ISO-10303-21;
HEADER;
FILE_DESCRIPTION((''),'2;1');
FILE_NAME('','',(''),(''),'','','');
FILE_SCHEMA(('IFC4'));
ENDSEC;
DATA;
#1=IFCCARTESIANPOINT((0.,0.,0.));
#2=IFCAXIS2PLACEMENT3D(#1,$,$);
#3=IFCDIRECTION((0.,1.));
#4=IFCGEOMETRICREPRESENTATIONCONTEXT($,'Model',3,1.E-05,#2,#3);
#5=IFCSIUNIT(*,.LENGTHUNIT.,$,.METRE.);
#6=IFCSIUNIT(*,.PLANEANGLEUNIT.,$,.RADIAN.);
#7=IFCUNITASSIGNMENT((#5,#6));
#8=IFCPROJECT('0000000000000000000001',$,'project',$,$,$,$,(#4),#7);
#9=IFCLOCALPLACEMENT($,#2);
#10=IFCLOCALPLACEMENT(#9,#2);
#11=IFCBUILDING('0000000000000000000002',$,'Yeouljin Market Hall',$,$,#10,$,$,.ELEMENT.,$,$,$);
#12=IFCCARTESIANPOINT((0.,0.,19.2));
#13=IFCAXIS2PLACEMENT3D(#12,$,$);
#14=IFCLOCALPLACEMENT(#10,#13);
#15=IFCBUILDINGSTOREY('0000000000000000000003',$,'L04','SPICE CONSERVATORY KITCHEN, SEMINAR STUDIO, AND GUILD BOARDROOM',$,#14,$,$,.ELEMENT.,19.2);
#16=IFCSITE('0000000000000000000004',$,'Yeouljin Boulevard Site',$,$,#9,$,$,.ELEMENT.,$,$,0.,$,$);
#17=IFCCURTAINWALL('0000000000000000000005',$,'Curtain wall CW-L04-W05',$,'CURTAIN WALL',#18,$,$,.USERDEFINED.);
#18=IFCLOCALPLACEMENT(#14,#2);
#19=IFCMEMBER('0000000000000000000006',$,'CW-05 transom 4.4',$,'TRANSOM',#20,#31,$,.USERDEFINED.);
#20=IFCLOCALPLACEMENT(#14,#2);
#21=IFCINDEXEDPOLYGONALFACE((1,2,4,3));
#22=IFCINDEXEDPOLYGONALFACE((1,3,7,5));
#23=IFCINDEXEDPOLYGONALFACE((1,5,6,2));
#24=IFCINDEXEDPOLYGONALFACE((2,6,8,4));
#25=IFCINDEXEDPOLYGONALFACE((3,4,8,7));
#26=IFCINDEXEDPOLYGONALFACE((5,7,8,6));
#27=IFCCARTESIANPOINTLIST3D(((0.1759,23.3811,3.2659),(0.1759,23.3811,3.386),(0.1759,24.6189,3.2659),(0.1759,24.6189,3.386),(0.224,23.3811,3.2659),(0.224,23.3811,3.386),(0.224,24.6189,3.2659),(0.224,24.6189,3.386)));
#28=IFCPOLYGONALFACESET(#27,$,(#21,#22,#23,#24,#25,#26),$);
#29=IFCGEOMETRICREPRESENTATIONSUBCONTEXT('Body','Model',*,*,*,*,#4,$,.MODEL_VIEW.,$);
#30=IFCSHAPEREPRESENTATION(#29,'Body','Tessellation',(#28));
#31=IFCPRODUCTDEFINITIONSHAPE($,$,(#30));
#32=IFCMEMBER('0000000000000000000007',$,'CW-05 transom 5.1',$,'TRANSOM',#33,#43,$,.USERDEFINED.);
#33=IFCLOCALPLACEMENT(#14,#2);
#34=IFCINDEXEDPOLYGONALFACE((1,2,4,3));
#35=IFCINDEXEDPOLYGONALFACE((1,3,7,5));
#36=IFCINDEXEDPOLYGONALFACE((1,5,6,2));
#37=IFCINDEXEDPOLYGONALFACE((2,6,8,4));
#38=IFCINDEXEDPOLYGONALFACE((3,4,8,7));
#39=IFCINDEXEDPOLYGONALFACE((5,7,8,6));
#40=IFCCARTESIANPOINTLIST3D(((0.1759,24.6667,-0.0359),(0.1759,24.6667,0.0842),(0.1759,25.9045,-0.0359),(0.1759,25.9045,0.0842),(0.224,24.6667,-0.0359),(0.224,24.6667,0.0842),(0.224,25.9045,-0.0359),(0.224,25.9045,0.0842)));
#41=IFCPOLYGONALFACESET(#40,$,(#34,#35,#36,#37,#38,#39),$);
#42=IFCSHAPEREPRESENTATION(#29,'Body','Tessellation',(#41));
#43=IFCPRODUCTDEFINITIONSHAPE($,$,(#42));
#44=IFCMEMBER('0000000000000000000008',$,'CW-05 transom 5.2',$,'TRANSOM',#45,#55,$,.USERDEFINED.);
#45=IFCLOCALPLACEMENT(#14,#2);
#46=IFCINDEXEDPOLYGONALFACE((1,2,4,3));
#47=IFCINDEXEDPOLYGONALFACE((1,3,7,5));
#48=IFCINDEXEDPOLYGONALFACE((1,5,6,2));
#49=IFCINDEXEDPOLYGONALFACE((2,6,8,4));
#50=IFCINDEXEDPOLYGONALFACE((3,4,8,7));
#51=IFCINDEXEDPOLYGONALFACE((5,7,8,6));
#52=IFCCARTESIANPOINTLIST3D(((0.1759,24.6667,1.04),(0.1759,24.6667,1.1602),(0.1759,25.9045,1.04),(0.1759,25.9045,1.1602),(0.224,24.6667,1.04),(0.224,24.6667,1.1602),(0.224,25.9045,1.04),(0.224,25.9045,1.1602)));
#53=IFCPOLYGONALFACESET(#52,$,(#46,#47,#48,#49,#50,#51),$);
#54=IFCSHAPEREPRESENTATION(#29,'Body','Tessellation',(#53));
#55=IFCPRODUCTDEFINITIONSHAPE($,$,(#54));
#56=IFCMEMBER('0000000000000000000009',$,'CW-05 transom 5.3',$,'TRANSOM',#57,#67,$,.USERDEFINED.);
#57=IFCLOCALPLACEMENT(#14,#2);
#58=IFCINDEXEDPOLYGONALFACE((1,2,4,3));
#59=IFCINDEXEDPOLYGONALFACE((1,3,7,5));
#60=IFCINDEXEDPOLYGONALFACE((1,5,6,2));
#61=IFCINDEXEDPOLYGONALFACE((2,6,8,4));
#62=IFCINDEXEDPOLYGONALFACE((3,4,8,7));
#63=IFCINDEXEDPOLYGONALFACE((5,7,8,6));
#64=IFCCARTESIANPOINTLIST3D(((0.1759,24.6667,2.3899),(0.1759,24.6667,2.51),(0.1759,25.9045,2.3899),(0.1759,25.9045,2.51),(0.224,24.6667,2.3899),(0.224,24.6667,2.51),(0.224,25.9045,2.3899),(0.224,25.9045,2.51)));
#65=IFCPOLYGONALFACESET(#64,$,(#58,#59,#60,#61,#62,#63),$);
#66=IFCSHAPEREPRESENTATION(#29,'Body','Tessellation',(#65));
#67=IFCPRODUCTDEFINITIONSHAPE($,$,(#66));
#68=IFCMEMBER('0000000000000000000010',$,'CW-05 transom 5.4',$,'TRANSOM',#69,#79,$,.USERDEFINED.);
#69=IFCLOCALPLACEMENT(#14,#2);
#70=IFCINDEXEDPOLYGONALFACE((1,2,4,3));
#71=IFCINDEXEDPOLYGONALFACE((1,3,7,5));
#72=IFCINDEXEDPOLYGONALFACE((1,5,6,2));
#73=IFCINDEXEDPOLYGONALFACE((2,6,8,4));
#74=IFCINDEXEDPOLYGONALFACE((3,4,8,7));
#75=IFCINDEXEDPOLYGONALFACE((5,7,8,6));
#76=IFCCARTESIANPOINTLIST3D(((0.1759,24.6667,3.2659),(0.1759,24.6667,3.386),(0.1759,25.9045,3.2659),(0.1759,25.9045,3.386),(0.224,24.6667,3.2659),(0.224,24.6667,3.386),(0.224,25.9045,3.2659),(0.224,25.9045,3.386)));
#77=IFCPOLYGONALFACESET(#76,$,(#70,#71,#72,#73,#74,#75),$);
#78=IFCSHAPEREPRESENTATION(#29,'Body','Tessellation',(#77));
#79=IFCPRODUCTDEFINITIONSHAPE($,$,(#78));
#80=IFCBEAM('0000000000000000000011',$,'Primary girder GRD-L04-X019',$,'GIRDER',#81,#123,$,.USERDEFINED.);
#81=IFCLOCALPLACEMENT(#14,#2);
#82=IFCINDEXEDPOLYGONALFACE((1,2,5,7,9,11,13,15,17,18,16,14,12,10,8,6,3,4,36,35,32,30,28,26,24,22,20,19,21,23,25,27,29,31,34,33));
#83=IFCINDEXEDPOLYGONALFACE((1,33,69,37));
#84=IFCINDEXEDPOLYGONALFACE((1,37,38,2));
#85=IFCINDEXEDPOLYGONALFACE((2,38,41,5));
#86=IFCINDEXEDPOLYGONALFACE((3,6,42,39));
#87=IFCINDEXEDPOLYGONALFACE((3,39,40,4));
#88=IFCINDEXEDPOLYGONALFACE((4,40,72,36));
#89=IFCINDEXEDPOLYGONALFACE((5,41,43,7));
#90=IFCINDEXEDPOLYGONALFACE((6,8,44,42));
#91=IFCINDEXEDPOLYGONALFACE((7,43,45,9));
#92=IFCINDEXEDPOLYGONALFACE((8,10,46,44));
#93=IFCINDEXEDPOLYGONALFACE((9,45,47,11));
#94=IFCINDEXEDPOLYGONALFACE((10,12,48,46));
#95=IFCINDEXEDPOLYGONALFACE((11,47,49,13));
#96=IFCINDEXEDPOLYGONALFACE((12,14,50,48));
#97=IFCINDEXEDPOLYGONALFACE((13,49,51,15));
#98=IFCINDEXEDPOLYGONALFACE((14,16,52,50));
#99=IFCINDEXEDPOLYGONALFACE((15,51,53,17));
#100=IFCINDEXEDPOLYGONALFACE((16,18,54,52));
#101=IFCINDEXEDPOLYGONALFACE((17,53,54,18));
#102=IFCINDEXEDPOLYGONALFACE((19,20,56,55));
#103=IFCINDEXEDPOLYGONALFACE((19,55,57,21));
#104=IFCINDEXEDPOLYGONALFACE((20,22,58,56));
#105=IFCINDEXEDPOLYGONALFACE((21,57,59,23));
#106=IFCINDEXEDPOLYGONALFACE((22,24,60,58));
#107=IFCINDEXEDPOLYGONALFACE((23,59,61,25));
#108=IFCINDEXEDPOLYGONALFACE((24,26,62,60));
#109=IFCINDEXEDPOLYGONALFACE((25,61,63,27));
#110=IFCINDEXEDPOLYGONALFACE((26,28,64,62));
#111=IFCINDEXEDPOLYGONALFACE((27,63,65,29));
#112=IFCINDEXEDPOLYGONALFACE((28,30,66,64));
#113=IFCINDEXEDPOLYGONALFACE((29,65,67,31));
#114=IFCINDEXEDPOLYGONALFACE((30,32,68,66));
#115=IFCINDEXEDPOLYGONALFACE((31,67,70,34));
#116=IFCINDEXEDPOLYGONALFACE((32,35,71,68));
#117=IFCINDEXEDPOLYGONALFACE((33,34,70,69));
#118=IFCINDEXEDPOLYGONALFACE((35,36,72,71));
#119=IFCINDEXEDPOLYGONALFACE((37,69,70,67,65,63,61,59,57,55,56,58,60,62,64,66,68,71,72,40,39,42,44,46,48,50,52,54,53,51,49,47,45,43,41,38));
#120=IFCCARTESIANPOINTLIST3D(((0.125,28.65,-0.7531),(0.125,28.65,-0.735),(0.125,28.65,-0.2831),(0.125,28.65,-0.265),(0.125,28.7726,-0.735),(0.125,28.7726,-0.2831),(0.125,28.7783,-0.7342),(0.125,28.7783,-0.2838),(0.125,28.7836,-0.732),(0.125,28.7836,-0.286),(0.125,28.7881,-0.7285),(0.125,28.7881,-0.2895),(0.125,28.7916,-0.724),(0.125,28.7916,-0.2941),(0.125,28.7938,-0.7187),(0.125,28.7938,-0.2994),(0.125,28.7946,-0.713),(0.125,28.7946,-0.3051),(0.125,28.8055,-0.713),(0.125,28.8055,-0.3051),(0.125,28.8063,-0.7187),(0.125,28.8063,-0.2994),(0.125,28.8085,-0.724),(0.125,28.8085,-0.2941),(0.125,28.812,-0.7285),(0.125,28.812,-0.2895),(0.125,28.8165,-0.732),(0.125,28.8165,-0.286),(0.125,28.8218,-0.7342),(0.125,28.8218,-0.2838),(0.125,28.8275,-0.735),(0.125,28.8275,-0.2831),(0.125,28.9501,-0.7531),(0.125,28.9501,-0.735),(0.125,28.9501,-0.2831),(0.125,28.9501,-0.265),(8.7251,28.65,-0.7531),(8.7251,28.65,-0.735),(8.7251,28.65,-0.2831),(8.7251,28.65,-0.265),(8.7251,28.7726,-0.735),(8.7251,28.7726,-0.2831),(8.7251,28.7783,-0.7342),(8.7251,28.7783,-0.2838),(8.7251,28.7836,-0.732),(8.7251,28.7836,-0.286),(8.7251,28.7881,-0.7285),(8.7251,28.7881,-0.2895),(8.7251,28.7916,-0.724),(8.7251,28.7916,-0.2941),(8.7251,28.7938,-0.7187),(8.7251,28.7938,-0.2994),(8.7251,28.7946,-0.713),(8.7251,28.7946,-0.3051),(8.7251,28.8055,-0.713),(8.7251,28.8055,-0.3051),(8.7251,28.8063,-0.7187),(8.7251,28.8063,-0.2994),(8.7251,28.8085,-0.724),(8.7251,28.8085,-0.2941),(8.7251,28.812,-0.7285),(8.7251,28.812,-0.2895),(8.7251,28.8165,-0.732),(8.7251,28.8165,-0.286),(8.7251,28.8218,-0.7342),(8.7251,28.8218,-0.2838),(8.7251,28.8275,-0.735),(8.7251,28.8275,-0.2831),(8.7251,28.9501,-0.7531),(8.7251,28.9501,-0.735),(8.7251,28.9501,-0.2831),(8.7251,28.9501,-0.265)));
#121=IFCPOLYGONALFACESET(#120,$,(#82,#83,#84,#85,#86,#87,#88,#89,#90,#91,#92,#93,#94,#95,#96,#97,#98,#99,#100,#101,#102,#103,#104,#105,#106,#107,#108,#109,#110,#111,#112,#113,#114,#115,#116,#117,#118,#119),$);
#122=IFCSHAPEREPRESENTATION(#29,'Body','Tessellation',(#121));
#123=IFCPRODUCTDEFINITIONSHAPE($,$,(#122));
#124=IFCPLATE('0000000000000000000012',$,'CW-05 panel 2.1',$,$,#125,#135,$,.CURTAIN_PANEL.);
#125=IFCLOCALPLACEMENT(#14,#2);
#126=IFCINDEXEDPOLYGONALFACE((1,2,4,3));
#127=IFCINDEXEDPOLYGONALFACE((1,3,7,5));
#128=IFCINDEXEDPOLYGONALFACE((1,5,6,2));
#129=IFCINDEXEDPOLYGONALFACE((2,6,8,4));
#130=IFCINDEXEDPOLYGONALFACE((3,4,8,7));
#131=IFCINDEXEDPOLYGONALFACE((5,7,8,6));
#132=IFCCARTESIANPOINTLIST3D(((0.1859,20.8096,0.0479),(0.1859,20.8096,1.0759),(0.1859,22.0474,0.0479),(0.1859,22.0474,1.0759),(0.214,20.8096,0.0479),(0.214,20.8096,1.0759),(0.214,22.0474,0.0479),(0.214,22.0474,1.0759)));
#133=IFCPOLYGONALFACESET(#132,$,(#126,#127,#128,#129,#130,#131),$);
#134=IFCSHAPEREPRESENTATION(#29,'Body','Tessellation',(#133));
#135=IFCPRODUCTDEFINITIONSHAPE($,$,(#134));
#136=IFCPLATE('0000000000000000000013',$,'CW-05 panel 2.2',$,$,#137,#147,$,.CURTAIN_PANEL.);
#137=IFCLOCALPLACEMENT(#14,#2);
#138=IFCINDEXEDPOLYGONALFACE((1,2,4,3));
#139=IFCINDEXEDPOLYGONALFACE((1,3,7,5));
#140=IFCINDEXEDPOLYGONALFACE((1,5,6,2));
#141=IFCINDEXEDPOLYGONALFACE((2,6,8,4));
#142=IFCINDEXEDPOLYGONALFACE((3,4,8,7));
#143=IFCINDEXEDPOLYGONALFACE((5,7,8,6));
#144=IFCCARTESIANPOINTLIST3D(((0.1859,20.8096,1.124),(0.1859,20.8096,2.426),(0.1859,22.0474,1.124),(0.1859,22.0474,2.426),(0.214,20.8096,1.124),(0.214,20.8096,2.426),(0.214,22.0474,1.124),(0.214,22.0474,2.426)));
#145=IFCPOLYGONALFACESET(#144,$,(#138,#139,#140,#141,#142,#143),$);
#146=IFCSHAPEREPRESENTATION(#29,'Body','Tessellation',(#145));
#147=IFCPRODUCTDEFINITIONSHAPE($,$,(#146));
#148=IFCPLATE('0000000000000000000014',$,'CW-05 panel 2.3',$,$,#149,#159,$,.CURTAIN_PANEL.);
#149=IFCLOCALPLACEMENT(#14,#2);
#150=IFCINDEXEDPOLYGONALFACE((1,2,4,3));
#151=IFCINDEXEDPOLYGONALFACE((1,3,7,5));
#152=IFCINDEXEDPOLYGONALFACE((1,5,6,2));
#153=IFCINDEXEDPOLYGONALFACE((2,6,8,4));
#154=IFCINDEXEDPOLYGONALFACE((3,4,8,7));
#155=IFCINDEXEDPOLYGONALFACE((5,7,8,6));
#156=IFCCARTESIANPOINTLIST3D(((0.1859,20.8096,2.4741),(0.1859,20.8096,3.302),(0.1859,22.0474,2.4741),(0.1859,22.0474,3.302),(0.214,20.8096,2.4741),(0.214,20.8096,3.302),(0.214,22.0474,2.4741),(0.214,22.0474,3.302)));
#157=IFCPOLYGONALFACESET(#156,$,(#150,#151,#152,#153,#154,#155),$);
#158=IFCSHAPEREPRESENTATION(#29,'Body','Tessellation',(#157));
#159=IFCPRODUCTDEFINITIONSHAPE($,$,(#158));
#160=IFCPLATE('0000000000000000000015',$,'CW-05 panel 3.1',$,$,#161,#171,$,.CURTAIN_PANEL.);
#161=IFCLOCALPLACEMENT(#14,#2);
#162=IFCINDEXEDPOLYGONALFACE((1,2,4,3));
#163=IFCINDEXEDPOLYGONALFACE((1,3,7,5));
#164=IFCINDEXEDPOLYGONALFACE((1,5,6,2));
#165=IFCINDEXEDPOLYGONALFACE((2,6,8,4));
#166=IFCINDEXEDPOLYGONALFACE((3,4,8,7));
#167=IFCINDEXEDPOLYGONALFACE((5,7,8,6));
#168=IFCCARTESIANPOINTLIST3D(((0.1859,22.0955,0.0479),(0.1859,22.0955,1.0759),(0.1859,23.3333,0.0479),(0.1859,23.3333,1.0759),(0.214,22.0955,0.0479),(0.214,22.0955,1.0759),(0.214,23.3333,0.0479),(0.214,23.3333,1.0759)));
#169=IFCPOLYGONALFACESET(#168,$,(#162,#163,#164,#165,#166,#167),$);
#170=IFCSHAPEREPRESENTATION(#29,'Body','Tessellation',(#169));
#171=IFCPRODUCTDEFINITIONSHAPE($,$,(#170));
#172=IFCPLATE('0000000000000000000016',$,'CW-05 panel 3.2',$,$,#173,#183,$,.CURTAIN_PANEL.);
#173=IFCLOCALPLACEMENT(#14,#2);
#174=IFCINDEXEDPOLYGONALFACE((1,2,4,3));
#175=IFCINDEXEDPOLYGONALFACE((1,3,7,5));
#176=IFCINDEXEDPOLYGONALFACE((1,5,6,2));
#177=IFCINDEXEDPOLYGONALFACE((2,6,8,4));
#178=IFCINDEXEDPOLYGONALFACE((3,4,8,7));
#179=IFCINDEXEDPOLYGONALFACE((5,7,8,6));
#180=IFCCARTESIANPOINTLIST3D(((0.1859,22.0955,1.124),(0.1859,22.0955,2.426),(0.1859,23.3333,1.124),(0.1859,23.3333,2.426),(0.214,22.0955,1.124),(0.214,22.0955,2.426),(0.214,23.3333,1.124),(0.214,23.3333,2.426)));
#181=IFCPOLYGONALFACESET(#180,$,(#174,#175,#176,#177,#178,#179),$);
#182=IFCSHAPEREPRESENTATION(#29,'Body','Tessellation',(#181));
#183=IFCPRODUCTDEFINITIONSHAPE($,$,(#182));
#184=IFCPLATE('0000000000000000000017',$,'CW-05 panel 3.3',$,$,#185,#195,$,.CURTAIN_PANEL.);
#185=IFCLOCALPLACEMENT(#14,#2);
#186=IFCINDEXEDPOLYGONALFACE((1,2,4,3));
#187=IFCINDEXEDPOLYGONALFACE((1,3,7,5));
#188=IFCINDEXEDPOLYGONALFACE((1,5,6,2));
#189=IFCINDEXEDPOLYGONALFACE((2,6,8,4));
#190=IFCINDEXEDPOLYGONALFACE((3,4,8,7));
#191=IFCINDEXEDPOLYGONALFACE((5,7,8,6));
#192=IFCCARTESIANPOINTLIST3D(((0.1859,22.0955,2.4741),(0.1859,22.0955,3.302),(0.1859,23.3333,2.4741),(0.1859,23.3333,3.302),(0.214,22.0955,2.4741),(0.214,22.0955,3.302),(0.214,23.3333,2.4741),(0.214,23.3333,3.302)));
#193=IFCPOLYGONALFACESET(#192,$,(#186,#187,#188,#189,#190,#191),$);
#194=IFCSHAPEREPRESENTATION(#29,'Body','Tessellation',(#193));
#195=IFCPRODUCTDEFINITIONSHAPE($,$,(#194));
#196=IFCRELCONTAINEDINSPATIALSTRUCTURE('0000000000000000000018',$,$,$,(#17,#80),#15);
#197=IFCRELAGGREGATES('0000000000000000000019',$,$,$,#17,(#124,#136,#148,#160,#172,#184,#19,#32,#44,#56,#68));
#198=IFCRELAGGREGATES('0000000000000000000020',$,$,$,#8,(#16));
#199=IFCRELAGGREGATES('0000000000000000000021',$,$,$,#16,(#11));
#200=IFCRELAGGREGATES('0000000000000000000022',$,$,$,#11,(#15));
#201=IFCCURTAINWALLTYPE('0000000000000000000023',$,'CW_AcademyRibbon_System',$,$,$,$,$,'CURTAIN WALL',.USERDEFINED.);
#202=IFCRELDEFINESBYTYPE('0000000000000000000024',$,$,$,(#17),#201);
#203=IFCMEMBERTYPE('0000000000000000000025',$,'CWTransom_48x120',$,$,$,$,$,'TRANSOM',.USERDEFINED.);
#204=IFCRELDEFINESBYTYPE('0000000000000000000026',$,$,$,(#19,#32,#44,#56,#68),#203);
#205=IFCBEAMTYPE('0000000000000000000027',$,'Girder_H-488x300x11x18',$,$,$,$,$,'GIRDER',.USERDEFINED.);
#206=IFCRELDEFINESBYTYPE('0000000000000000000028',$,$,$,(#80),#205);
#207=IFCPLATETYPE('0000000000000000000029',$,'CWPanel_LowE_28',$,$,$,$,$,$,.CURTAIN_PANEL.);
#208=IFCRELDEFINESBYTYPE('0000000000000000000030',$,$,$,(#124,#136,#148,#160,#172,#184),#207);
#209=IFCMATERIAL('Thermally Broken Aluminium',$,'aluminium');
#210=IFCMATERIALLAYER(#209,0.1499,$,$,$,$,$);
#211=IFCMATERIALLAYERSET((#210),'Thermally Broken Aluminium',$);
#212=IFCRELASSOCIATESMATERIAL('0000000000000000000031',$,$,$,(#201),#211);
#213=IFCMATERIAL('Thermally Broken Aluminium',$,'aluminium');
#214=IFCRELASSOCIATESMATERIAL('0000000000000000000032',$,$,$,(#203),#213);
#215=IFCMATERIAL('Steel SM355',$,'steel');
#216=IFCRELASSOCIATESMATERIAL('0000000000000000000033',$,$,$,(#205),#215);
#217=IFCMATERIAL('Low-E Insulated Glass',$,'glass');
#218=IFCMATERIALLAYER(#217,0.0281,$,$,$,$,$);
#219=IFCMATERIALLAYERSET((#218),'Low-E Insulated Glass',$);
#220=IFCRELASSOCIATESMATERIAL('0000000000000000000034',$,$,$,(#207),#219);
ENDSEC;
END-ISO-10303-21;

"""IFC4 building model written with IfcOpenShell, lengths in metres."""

from ifc_helpers import new_model, si_unit, direction, frame, origin, origin_2d, place, context, subcontext, project, spatial, rectangle, i_section, extrude, material, layer, layer_set, material_profile, profile_set, type_object, element, aggregate, save


model = new_model("IFC4")

# Units and contexts
model_context = context("Model", 3, precision=1e-05, world=origin(), true_north=direction((0.0, 1.0)))
body_context = subcontext(model_context, "Body", "Model", "MODEL_VIEW")
ifc_project = project(units=[si_unit("LENGTHUNIT", "METRE"), si_unit("PLANEANGLEUNIT", "RADIAN")], contexts=[model_context])

# Site, building, storey
site_placement = place(None, origin())
site = spatial("IfcSite", under=ifc_project, at=site_placement, Name="Yeouljin Boulevard Site", CompositionType="ELEMENT", RefElevation=0.0)
building_placement = place(site_placement, origin())
building = spatial("IfcBuilding", under=site, at=building_placement, Name="Yeouljin Market Hall", CompositionType="ELEMENT")
storey_placement = place(building_placement, frame((0.0, 0.0, 19.2)))
storey = spatial("IfcBuildingStorey", under=building, at=storey_placement, Name="L04", Description="SPICE CONSERVATORY KITCHEN, SEMINAR STUDIO, AND GUILD BOARDROOM", CompositionType="ELEMENT", Elevation=19.2)

# Curtain wall, members
ifc_material_1 = material(Name="Thermally Broken Aluminium", Category="aluminium")
ifc_layer_1 = layer(ifc_material_1, 0.1499)
ifc_layer_set_1 = layer_set([ifc_layer_1], Name="Thermally Broken Aluminium")
curtain_wall_type = type_object("IfcCurtainWallType", Name="CW_AcademyRibbon_System", ElementType="CURTAIN WALL", PredefinedType="USERDEFINED", material=ifc_layer_set_1)
curtain_wall_placement = place(storey_placement, origin())
curtain_wall = element("IfcCurtainWall", 1, at=curtain_wall_placement, inside=storey, type_object=curtain_wall_type, Name="Curtain wall CW-L04-W05", ObjectType="CURTAIN WALL", PredefinedType="USERDEFINED")
ifc_material_2 = material(Name="Thermally Broken Aluminium", Category="aluminium")
ifc_material_profile_1 = material_profile(ifc_material_2, rectangle(XDim=0.0481, YDim=0.1201, at=origin_2d()), Name="CW-TRAN-48x120")
ifc_profile_set_1 = profile_set([ifc_material_profile_1], Name="Thermally Broken Aluminium")
member_type_1 = type_object("IfcMemberType", Name="CWTransom_48x120", ElementType="TRANSOM", PredefinedType="USERDEFINED", material=ifc_profile_set_1)
member_1_placement = place(storey_placement, frame((0.2, 23.3811, 3.3259), z_axis=(0.0, 1.0, 0.0), x_axis=(-1.0, 0.0, 0.0)))
member_1 = element("IfcMember", 2, at=member_1_placement, type_object=member_type_1, Name="CW-05 transom 4.4", ObjectType="TRANSOM", PredefinedType="USERDEFINED", context=body_context, shape_type="SweptSolid", body=[
    extrude(rectangle(XDim=0.0481, YDim=0.1201, at=origin_2d()), origin(), (0.0, 0.0, 1.0), 1.2378),
])
member_2_placement = place(storey_placement, frame((0.2, 24.6667, 0.0242), z_axis=(0.0, 1.0, 0.0), x_axis=(-1.0, 0.0, 0.0)))
member_2 = element("IfcMember", 3, at=member_2_placement, type_object=member_type_1, Name="CW-05 transom 5.1", ObjectType="TRANSOM", PredefinedType="USERDEFINED", context=body_context, shape_type="SweptSolid", body=[
    extrude(rectangle(XDim=0.0481, YDim=0.1201, at=origin_2d()), origin(), (0.0, 0.0, 1.0), 1.2378),
])
member_3_placement = place(storey_placement, frame((0.2, 24.6667, 1.1001), z_axis=(0.0, 1.0, 0.0), x_axis=(-1.0, 0.0, 0.0)))
member_3 = element("IfcMember", 4, at=member_3_placement, type_object=member_type_1, Name="CW-05 transom 5.2", ObjectType="TRANSOM", PredefinedType="USERDEFINED", context=body_context, shape_type="SweptSolid", body=[
    extrude(rectangle(XDim=0.0481, YDim=0.1201, at=origin_2d()), origin(), (0.0, 0.0, 1.0), 1.2378),
])
member_4_placement = place(storey_placement, frame((0.2, 24.6667, 2.45), z_axis=(0.0, 1.0, 0.0), x_axis=(-1.0, 0.0, 0.0)))
member_4 = element("IfcMember", 5, at=member_4_placement, type_object=member_type_1, Name="CW-05 transom 5.3", ObjectType="TRANSOM", PredefinedType="USERDEFINED", context=body_context, shape_type="SweptSolid", body=[
    extrude(rectangle(XDim=0.0481, YDim=0.1201, at=origin_2d()), origin(), (0.0, 0.0, 1.0), 1.2378),
])
member_5_placement = place(storey_placement, frame((0.2, 24.6667, 3.3259), z_axis=(0.0, 1.0, 0.0), x_axis=(-1.0, 0.0, 0.0)))
member_5 = element("IfcMember", 6, at=member_5_placement, type_object=member_type_1, Name="CW-05 transom 5.4", ObjectType="TRANSOM", PredefinedType="USERDEFINED", context=body_context, shape_type="SweptSolid", body=[
    extrude(rectangle(XDim=0.0481, YDim=0.1201, at=origin_2d()), origin(), (0.0, 0.0, 1.0), 1.2378),
])

# Beam
ifc_material_3 = material(Name="Steel SM355", Category="steel")
ifc_material_profile_2 = material_profile(ifc_material_3, i_section(OverallWidth=0.3, OverallDepth=0.488, WebThickness=0.011, FlangeThickness=0.0181, FilletRadius=0.022, at=origin_2d()), Name="H-488x300x11x18")
ifc_profile_set_2 = profile_set([ifc_material_profile_2], Name="Steel SM355")
beam_type = type_object("IfcBeamType", Name="Girder_H-488x300x11x18", ElementType="GIRDER", PredefinedType="USERDEFINED", material=ifc_profile_set_2)
beam_placement = place(storey_placement, frame((0.125, 28.8, -0.509), z_axis=(1.0, 0.0, 0.0), x_axis=(0.0, 1.0, 0.0)))
element("IfcBeam", 7, at=beam_placement, inside=storey, type_object=beam_type, Name="Primary girder GRD-L04-X019", ObjectType="GIRDER", PredefinedType="USERDEFINED", context=body_context, shape_type="SweptSolid", body=[
    extrude(i_section(OverallWidth=0.3, OverallDepth=0.488, WebThickness=0.011, FlangeThickness=0.0181, FilletRadius=0.022, at=origin_2d()), origin(), (0.0, 0.0, 1.0), 8.6001),
])

# Plates
ifc_material_4 = material(Name="Low-E Insulated Glass", Category="glass")
ifc_layer_2 = layer(ifc_material_4, 0.0281)
ifc_layer_set_2 = layer_set([ifc_layer_2], Name="Low-E Insulated Glass")
plate_type = type_object("IfcPlateType", Name="CWPanel_LowE_28", PredefinedType="CURTAIN_PANEL", material=ifc_layer_set_2)
plate_1_placement = place(storey_placement, frame((0.2, 21.4285, 0.0479), z_axis=(0.0, 0.0, 1.0), x_axis=(0.0, 1.0, 0.0)))
plate_1 = element("IfcPlate", 8, at=plate_1_placement, type_object=plate_type, Name="CW-05 panel 2.1", PredefinedType="CURTAIN_PANEL", context=body_context, shape_type="SweptSolid", body=[
    extrude(rectangle(XDim=1.2378, YDim=0.0281, at=origin_2d()), origin(), (0.0, 0.0, 1.0), 1.0281),
])
plate_2_placement = place(storey_placement, frame((0.2, 21.4285, 1.124), z_axis=(0.0, 0.0, 1.0), x_axis=(0.0, 1.0, 0.0)))
plate_2 = element("IfcPlate", 9, at=plate_2_placement, type_object=plate_type, Name="CW-05 panel 2.2", PredefinedType="CURTAIN_PANEL", context=body_context, shape_type="SweptSolid", body=[
    extrude(rectangle(XDim=1.2378, YDim=0.0281, at=origin_2d()), origin(), (0.0, 0.0, 1.0), 1.302),
])
plate_3_placement = place(storey_placement, frame((0.2, 21.4285, 2.4741), z_axis=(0.0, 0.0, 1.0), x_axis=(0.0, 1.0, 0.0)))
plate_3 = element("IfcPlate", 10, at=plate_3_placement, type_object=plate_type, Name="CW-05 panel 2.3", PredefinedType="CURTAIN_PANEL", context=body_context, shape_type="SweptSolid", body=[
    extrude(rectangle(XDim=1.2378, YDim=0.0281, at=origin_2d()), origin(), (0.0, 0.0, 1.0), 0.8279),
])
plate_4_placement = place(storey_placement, frame((0.2, 22.7144, 0.0479), z_axis=(0.0, 0.0, 1.0), x_axis=(0.0, 1.0, 0.0)))
plate_4 = element("IfcPlate", 11, at=plate_4_placement, type_object=plate_type, Name="CW-05 panel 3.1", PredefinedType="CURTAIN_PANEL", context=body_context, shape_type="SweptSolid", body=[
    extrude(rectangle(XDim=1.2378, YDim=0.0281, at=origin_2d()), origin(), (0.0, 0.0, 1.0), 1.0281),
])
plate_5_placement = place(storey_placement, frame((0.2, 22.7144, 1.124), z_axis=(0.0, 0.0, 1.0), x_axis=(0.0, 1.0, 0.0)))
plate_5 = element("IfcPlate", 12, at=plate_5_placement, type_object=plate_type, Name="CW-05 panel 3.2", PredefinedType="CURTAIN_PANEL", context=body_context, shape_type="SweptSolid", body=[
    extrude(rectangle(XDim=1.2378, YDim=0.0281, at=origin_2d()), origin(), (0.0, 0.0, 1.0), 1.302),
])
plate_6_placement = place(storey_placement, frame((0.2, 22.7144, 2.4741), z_axis=(0.0, 0.0, 1.0), x_axis=(0.0, 1.0, 0.0)))
plate_6 = element("IfcPlate", 13, at=plate_6_placement, type_object=plate_type, Name="CW-05 panel 3.3", PredefinedType="CURTAIN_PANEL", context=body_context, shape_type="SweptSolid", body=[
    extrude(rectangle(XDim=1.2378, YDim=0.0281, at=origin_2d()), origin(), (0.0, 0.0, 1.0), 0.8279),
])
aggregate(curtain_wall, [plate_1, plate_2, plate_3, plate_4, plate_5, plate_6, member_1, member_2, member_3, member_4, member_5])

save(model, "model.ifc")
